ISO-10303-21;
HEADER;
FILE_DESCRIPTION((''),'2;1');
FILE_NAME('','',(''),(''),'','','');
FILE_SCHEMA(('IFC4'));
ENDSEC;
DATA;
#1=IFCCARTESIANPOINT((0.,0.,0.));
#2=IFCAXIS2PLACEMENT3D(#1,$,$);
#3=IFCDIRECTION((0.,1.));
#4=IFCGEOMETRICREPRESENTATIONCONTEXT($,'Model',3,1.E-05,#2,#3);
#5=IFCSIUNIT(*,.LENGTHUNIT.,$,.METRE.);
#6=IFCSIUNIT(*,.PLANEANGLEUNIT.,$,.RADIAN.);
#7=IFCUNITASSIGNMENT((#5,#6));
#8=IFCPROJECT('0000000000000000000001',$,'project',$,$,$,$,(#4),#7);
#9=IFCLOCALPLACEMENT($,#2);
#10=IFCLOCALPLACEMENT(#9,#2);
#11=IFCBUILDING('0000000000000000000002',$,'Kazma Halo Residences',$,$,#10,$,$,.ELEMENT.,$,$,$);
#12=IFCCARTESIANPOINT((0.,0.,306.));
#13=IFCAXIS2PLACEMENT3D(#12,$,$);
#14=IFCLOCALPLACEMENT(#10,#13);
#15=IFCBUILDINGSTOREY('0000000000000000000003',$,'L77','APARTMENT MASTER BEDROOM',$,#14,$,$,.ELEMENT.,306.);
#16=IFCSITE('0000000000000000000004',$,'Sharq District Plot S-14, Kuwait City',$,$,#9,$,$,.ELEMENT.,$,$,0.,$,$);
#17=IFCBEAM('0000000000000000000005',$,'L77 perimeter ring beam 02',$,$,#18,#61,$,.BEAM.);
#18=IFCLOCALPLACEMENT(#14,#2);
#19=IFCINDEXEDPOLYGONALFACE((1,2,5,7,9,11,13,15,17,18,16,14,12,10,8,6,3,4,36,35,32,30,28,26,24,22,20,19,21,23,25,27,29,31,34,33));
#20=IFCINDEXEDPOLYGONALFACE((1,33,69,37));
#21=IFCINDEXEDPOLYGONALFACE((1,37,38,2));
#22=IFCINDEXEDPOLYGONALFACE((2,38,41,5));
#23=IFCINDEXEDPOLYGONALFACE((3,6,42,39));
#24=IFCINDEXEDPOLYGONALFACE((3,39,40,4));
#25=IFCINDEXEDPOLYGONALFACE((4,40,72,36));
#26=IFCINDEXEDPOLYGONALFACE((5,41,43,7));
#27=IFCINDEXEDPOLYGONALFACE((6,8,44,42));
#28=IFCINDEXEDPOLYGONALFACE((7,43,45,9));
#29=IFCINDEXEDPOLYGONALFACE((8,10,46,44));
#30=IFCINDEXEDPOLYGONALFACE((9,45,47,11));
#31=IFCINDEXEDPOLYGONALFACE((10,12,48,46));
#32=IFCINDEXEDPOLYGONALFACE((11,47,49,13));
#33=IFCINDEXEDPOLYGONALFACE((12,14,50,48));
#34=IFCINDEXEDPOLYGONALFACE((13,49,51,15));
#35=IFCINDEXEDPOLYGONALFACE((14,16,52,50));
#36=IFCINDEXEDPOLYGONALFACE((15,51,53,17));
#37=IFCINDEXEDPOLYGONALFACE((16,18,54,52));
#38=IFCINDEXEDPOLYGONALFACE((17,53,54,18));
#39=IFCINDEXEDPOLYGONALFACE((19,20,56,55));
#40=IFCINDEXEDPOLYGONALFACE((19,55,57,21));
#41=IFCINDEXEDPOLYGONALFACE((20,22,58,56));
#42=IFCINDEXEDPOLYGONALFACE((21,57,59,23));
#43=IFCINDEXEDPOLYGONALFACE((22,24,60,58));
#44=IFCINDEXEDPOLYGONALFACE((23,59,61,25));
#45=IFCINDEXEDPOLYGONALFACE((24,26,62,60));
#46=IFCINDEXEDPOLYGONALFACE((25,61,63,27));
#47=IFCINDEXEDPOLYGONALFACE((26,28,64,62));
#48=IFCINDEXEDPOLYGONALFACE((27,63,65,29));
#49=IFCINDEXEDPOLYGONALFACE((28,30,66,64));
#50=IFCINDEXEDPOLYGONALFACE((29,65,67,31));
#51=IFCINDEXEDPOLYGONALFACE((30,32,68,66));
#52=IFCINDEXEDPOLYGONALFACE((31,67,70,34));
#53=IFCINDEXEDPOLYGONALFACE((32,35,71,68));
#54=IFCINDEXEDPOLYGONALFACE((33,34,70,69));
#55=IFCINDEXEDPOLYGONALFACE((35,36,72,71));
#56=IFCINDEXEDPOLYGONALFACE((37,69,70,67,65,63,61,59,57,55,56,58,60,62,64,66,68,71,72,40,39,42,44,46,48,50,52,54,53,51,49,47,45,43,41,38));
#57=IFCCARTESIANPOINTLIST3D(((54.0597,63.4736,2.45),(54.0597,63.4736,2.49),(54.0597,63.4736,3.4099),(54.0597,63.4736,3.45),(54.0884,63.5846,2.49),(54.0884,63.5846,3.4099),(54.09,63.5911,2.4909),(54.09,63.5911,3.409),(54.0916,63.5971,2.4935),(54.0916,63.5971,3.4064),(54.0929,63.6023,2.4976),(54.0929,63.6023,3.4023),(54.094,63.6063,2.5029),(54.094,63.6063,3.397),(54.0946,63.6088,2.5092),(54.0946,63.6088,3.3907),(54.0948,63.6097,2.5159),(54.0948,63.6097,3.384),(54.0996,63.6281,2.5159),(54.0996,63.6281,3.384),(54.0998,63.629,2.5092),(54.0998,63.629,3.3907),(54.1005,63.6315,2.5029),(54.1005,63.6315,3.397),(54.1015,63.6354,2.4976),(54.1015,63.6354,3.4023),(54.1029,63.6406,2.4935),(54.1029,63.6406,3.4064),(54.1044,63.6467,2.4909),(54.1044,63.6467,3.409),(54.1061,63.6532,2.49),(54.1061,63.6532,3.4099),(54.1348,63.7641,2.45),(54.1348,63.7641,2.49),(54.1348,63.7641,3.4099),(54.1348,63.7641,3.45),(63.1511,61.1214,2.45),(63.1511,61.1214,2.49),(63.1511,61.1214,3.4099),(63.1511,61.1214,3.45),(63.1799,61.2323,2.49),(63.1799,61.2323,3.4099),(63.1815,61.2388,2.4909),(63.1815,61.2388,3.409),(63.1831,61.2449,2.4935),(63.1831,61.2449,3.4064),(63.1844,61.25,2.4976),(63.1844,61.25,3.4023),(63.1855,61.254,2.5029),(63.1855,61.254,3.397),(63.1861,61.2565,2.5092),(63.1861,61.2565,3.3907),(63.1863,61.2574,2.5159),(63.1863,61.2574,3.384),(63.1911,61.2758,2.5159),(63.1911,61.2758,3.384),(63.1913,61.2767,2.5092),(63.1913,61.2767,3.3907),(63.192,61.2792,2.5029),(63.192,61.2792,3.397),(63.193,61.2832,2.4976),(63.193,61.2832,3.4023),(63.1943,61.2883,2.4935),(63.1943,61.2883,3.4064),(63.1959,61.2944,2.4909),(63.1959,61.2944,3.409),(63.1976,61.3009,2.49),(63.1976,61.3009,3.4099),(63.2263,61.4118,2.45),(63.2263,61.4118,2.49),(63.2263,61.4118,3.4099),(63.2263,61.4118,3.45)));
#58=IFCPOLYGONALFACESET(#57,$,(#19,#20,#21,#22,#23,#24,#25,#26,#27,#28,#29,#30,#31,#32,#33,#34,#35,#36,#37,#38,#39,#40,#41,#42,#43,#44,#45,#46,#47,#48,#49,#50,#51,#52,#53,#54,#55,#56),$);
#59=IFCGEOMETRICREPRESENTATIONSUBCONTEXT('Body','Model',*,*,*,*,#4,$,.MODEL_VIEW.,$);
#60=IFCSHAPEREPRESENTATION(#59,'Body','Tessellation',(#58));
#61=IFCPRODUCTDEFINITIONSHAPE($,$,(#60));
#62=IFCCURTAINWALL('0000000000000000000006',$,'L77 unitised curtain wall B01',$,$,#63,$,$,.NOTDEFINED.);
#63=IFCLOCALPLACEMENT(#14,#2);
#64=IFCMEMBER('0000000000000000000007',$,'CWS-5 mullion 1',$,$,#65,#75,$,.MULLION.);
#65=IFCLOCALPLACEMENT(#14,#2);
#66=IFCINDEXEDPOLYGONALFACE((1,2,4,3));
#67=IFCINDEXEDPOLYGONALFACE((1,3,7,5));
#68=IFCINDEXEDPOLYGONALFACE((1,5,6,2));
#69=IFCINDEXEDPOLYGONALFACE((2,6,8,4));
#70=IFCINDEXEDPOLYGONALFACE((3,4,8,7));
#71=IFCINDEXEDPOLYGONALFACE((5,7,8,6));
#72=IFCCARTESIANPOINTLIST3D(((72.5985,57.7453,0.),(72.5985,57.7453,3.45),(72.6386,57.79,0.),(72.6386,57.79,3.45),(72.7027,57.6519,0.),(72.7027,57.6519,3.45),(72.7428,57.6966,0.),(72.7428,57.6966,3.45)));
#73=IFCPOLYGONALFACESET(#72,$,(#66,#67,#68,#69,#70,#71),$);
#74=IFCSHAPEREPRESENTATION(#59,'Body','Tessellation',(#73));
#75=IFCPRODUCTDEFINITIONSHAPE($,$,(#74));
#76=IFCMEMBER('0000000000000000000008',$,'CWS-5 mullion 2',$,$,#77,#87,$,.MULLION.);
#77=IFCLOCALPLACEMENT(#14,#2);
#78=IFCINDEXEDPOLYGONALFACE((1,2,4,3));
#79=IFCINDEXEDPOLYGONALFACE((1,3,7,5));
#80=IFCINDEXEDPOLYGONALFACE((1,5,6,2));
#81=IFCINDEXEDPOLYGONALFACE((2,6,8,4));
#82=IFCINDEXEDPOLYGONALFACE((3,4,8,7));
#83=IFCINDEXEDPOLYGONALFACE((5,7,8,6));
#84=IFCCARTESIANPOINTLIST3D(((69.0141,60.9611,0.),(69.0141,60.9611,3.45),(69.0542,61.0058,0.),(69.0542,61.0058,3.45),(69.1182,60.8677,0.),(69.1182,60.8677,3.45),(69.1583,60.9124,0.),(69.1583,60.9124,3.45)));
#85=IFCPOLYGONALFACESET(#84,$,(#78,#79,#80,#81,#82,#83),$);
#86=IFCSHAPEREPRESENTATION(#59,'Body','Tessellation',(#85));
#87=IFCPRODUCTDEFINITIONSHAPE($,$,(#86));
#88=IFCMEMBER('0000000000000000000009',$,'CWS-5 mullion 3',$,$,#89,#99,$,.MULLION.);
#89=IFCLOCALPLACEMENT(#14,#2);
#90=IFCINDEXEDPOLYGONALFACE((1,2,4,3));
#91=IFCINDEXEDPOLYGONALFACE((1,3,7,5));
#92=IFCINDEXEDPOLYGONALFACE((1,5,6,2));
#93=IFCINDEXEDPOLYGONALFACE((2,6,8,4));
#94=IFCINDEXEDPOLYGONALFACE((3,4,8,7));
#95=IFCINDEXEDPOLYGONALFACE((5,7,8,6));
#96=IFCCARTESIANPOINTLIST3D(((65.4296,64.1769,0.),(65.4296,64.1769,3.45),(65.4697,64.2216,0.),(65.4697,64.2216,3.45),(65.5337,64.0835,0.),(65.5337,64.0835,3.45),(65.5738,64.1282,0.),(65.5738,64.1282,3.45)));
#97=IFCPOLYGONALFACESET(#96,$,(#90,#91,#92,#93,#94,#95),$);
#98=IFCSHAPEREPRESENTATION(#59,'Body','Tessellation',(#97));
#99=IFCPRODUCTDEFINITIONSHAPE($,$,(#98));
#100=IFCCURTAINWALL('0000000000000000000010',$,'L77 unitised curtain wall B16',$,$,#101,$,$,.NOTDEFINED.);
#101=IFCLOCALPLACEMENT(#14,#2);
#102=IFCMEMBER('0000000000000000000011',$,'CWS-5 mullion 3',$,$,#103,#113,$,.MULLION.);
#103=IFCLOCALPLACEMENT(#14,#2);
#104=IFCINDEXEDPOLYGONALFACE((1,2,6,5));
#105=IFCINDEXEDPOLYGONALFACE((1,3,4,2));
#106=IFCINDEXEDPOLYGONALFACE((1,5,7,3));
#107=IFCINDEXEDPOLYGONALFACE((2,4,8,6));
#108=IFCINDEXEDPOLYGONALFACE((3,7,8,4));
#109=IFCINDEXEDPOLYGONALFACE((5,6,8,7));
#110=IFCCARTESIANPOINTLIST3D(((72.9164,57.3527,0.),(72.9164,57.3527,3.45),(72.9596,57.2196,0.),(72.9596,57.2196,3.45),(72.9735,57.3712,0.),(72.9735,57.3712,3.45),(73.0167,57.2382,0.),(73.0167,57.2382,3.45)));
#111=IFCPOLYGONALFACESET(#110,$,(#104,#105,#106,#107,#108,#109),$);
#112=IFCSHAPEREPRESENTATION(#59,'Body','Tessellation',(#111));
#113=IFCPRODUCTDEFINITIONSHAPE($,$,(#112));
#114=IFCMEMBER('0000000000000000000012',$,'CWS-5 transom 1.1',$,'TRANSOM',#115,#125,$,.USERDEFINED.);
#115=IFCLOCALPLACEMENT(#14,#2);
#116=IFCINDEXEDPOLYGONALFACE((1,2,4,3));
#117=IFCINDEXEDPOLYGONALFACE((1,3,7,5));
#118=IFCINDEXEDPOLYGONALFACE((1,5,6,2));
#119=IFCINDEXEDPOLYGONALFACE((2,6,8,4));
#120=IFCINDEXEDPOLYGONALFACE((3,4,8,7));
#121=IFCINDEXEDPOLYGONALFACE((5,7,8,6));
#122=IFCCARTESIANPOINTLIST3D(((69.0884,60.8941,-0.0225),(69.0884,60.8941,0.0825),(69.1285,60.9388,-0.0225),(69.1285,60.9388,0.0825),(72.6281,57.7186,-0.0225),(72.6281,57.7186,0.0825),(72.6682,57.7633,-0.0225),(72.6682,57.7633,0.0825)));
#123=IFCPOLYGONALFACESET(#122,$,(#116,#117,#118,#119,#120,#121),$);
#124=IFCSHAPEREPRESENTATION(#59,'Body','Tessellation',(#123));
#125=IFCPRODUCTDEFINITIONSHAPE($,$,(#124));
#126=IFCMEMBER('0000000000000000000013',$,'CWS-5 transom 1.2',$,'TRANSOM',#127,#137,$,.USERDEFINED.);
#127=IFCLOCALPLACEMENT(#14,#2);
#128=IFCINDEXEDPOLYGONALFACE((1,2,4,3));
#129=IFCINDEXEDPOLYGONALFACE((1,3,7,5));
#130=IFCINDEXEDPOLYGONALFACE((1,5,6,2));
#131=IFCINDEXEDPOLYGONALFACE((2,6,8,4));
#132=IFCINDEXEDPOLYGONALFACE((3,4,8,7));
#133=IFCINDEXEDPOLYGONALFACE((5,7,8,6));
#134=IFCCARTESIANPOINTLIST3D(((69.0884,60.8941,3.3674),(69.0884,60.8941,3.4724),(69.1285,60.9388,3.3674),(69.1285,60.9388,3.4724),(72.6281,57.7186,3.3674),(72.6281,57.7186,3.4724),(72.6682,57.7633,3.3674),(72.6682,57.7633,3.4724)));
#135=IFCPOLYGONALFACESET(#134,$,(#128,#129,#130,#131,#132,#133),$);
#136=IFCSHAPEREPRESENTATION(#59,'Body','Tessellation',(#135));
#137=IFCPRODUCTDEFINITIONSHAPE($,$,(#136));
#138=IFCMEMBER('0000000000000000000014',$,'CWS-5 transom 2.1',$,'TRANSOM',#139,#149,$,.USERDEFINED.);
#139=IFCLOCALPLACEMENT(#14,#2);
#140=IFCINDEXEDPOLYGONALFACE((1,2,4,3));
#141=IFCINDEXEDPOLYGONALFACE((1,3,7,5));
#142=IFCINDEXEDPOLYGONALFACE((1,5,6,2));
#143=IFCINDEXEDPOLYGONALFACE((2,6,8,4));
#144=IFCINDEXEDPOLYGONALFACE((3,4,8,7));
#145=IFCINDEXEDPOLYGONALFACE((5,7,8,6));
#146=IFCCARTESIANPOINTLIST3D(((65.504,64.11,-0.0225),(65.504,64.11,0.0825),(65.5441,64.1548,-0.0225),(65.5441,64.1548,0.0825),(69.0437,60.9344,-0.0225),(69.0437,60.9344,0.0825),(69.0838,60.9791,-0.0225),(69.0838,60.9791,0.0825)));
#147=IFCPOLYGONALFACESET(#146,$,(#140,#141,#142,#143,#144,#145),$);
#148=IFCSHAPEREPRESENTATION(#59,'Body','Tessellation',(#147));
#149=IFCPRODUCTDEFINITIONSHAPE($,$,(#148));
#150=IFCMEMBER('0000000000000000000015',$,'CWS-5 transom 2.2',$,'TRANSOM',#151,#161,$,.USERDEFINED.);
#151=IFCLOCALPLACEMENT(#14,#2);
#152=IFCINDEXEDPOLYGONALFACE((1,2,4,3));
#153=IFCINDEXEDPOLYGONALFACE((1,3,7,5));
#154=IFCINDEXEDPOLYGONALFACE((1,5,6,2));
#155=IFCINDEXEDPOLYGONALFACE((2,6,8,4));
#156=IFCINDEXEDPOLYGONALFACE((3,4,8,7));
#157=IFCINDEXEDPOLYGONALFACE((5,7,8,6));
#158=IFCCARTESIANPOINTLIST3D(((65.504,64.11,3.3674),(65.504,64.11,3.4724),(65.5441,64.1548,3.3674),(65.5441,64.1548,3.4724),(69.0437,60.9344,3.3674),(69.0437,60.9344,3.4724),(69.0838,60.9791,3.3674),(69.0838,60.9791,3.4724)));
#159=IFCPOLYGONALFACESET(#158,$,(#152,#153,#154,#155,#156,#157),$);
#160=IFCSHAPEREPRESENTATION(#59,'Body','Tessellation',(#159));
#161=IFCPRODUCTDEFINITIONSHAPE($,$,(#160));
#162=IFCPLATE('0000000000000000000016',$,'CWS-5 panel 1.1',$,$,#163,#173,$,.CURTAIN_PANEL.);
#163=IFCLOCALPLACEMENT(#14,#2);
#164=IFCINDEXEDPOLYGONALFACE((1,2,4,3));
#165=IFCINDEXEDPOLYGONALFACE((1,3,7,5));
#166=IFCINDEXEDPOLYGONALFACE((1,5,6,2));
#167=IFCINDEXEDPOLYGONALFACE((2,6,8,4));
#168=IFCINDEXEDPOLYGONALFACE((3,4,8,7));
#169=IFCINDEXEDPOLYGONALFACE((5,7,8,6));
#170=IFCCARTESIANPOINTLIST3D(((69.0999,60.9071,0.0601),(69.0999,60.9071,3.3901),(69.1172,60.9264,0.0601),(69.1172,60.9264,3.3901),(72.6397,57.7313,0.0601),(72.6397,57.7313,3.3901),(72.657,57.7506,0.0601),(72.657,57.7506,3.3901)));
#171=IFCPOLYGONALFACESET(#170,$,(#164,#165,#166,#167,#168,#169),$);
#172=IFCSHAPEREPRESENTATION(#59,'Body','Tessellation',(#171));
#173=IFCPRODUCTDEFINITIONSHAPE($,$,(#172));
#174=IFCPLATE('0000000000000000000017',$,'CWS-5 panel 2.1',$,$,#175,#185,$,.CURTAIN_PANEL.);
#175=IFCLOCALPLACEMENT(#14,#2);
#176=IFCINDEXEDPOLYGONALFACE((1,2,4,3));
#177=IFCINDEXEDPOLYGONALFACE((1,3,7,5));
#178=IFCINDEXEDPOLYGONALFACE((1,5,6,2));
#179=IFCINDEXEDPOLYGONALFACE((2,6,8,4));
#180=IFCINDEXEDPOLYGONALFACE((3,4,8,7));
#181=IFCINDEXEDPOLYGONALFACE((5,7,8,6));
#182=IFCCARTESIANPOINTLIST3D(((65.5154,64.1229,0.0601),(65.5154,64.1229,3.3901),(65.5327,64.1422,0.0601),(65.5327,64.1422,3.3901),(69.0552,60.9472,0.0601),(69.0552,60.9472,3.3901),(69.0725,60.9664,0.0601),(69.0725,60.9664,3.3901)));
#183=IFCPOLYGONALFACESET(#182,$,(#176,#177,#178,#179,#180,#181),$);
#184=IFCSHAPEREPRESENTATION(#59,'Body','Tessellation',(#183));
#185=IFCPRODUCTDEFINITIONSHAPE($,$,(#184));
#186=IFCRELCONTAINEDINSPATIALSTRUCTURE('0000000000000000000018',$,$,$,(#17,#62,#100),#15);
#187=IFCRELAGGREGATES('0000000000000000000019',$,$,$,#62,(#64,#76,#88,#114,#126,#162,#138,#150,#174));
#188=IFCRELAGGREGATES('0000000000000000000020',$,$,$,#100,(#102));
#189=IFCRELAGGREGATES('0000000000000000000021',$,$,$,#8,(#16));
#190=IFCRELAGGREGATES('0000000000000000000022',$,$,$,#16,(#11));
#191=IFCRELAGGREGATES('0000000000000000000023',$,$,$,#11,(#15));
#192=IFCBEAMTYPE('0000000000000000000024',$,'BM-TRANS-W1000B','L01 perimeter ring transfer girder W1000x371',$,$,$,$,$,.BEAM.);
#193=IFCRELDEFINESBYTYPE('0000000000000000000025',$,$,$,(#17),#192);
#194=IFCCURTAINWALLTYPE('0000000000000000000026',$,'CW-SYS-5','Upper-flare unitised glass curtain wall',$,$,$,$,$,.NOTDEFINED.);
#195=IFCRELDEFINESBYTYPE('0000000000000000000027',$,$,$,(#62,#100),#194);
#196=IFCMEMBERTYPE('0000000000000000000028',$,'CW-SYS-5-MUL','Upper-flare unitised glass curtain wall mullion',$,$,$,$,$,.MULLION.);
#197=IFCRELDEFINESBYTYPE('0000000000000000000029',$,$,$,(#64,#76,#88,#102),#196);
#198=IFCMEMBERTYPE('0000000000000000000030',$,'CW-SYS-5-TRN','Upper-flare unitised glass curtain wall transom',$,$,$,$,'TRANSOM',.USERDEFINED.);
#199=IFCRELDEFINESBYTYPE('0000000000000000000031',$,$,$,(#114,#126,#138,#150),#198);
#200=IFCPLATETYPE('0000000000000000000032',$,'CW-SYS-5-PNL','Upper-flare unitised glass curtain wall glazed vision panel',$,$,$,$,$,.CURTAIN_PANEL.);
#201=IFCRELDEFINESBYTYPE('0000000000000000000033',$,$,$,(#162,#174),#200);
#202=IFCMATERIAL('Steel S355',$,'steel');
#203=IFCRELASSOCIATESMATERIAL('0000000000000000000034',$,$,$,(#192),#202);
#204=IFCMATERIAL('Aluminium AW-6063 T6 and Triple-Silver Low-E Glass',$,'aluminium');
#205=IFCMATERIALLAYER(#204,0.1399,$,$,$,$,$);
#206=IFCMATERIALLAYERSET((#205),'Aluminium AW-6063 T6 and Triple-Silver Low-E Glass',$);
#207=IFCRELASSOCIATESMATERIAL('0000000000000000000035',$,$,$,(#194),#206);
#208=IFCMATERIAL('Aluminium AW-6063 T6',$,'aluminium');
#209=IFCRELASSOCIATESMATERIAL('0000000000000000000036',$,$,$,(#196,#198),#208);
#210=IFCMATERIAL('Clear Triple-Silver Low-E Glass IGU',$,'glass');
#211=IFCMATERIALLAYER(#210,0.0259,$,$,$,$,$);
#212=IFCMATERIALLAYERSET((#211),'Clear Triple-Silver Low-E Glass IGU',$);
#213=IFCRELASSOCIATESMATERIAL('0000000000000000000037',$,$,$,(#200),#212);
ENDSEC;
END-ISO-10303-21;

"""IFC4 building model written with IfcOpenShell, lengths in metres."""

from ifc_helpers import new_model, si_unit, direction, frame, origin, origin_2d, place, context, subcontext, project, spatial, rectangle, i_section, extrude, material, layer, layer_set, material_profile, profile_set, type_object, element, aggregate, save


model = new_model("IFC4")

# Units and contexts
model_context = context("Model", 3, precision=1e-05, world=origin(), true_north=direction((0.0, 1.0)))
body_context = subcontext(model_context, "Body", "Model", "MODEL_VIEW")
ifc_project = project(units=[si_unit("LENGTHUNIT", "METRE"), si_unit("PLANEANGLEUNIT", "RADIAN")], contexts=[model_context])

# Site, building, storey
site_placement = place(None, origin())
site = spatial("IfcSite", under=ifc_project, at=site_placement, Name="Sharq District Plot S-14, Kuwait City", CompositionType="ELEMENT", RefElevation=0.0)
building_placement = place(site_placement, origin())
building = spatial("IfcBuilding", under=site, at=building_placement, Name="Kazma Halo Residences", CompositionType="ELEMENT")
storey_placement = place(building_placement, frame((0.0, 0.0, 306.0)))
storey = spatial("IfcBuildingStorey", under=building, at=storey_placement, Name="L77", Description="APARTMENT MASTER BEDROOM", CompositionType="ELEMENT", Elevation=306.0)

# Beam
ifc_material_1 = material(Name="Steel S355", Category="steel")
ifc_material_profile_1 = material_profile(ifc_material_1, i_section(OverallWidth=0.3, OverallDepth=1.0, WebThickness=0.019, FlangeThickness=0.04, FilletRadius=0.0259, at=origin_2d()), Name="W1000x371")
ifc_profile_set_1 = profile_set([ifc_material_profile_1], Name="Steel S355")
beam_type_1 = type_object("IfcBeamType", Name="BM-TRANS-W1000B", Description="L01 perimeter ring transfer girder W1000x371", PredefinedType="BEAM", material=ifc_profile_set_1)
beam_1_placement = place(storey_placement, frame((63.1887, 61.2666, 2.95), z_axis=(-0.96812, 0.250486, 0.0), x_axis=(-0.250486, -0.96812, 0.0)))
element("IfcBeam", 1, at=beam_1_placement, inside=storey, type_object=beam_type_1, Name="L77 perimeter ring beam 02", PredefinedType="BEAM", context=body_context, shape_type="SweptSolid", body=[
    extrude(i_section(OverallWidth=0.3, OverallDepth=1.0, WebThickness=0.019, FlangeThickness=0.04, FilletRadius=0.0259, at=origin_2d()), origin(), (0.0, 0.0, 1.0), 9.3909),
])

# Curtain wall, members
ifc_material_2 = material(Name="Aluminium AW-6063 T6 and Triple-Silver Low-E Glass", Category="aluminium")
ifc_layer_1 = layer(ifc_material_2, 0.1399)
ifc_layer_set_1 = layer_set([ifc_layer_1], Name="Aluminium AW-6063 T6 and Triple-Silver Low-E Glass")
curtain_wall_type = type_object("IfcCurtainWallType", Name="CW-SYS-5", Description="Upper-flare unitised glass curtain wall", PredefinedType="NOTDEFINED", material=ifc_layer_set_1)
curtain_wall_1_placement = place(storey_placement, origin())
curtain_wall_1 = element("IfcCurtainWall", 2, at=curtain_wall_1_placement, inside=storey, type_object=curtain_wall_type, Name="L77 unitised curtain wall B01", PredefinedType="NOTDEFINED")
ifc_material_3 = material(Name="Aluminium AW-6063 T6", Category="aluminium")
ifc_material_profile_2 = material_profile(ifc_material_3, rectangle(XDim=0.0601, YDim=0.1399, at=origin_2d()), Name="CWM-60x140")
ifc_profile_set_2 = profile_set([ifc_material_profile_2], Name="Aluminium AW-6063 T6")
member_type_1 = type_object("IfcMemberType", Name="CW-SYS-5-MUL", Description="Upper-flare unitised glass curtain wall mullion", PredefinedType="MULLION", material=ifc_profile_set_2)
member_1_placement = place(storey_placement, frame((72.6707, 57.7209, 0.0), z_axis=(0.0, 0.0, 1.0), x_axis=(-0.667798, -0.744342, 0.0)))
member_1 = element("IfcMember", 3, at=member_1_placement, type_object=member_type_1, Name="CWS-5 mullion 1", PredefinedType="MULLION", context=body_context, shape_type="SweptSolid", body=[
    extrude(rectangle(XDim=0.0601, YDim=0.1399, at=origin_2d()), origin(), (0.0, 0.0, 1.0), 3.45),
])
member_2_placement = place(storey_placement, frame((69.0862, 60.9368, 0.0), z_axis=(0.0, 0.0, 1.0), x_axis=(-0.667798, -0.744342, 0.0)))
member_2 = element("IfcMember", 4, at=member_2_placement, type_object=member_type_1, Name="CWS-5 mullion 2", PredefinedType="MULLION", context=body_context, shape_type="SweptSolid", body=[
    extrude(rectangle(XDim=0.0601, YDim=0.1399, at=origin_2d()), origin(), (0.0, 0.0, 1.0), 3.45),
])
member_3_placement = place(storey_placement, frame((65.5017, 64.1526, 0.0), z_axis=(0.0, 0.0, 1.0), x_axis=(-0.667798, -0.744342, 0.0)))
member_3 = element("IfcMember", 5, at=member_3_placement, type_object=member_type_1, Name="CWS-5 mullion 3", PredefinedType="MULLION", context=body_context, shape_type="SweptSolid", body=[
    extrude(rectangle(XDim=0.0601, YDim=0.1399, at=origin_2d()), origin(), (0.0, 0.0, 1.0), 3.45),
])

# Curtain wall, member
curtain_wall_2_placement = place(storey_placement, origin())
curtain_wall_2 = element("IfcCurtainWall", 6, at=curtain_wall_2_placement, inside=storey, type_object=curtain_wall_type, Name="L77 unitised curtain wall B16", PredefinedType="NOTDEFINED")
member_4_placement = place(storey_placement, frame((72.9666, 57.2954, 0.0), z_axis=(0.0, 0.0, 1.0), x_axis=(-0.951057, -0.309016, 0.0)))
member_4 = element("IfcMember", 7, at=member_4_placement, type_object=member_type_1, Name="CWS-5 mullion 3", PredefinedType="MULLION", context=body_context, shape_type="SweptSolid", body=[
    extrude(rectangle(XDim=0.0601, YDim=0.1399, at=origin_2d()), origin(), (0.0, 0.0, 1.0), 3.45),
])

# Members
ifc_material_profile_3 = material_profile(ifc_material_3, rectangle(XDim=0.0601, YDim=0.105, at=origin_2d()), Name="CWT-60x105")
ifc_profile_set_3 = profile_set([ifc_material_profile_3], Name="Aluminium AW-6063 T6")
member_type_2 = type_object("IfcMemberType", Name="CW-SYS-5-TRN", Description="Upper-flare unitised glass curtain wall transom", ElementType="TRANSOM", PredefinedType="USERDEFINED", material=ifc_profile_set_3)
member_5_placement = place(storey_placement, frame((72.6482, 57.741, 0.03), z_axis=(-0.744368, 0.66777, 0.0), x_axis=(-0.66777, -0.744368, 0.0)))
member_5 = element("IfcMember", 8, at=member_5_placement, type_object=member_type_2, Name="CWS-5 transom 1.1", ObjectType="TRANSOM", PredefinedType="USERDEFINED", context=body_context, shape_type="SweptSolid", body=[
    extrude(rectangle(XDim=0.0601, YDim=0.105, at=origin_2d()), origin(), (0.0, 0.0, 1.0), 4.7554),
])
member_6_placement = place(storey_placement, frame((72.6482, 57.741, 3.4199), z_axis=(-0.744368, 0.66777, 0.0), x_axis=(-0.66777, -0.744368, 0.0)))
member_6 = element("IfcMember", 9, at=member_6_placement, type_object=member_type_2, Name="CWS-5 transom 1.2", ObjectType="TRANSOM", PredefinedType="USERDEFINED", context=body_context, shape_type="SweptSolid", body=[
    extrude(rectangle(XDim=0.0601, YDim=0.105, at=origin_2d()), origin(), (0.0, 0.0, 1.0), 4.7554),
])
member_7_placement = place(storey_placement, frame((69.0637, 60.9568, 0.03), z_axis=(-0.744345, 0.667795, 0.0), x_axis=(-0.667795, -0.744345, 0.0)))
member_7 = element("IfcMember", 10, at=member_7_placement, type_object=member_type_2, Name="CWS-5 transom 2.1", ObjectType="TRANSOM", PredefinedType="USERDEFINED", context=body_context, shape_type="SweptSolid", body=[
    extrude(rectangle(XDim=0.0601, YDim=0.105, at=origin_2d()), origin(), (0.0, 0.0, 1.0), 4.7554),
])
member_8_placement = place(storey_placement, frame((69.0637, 60.9568, 3.4199), z_axis=(-0.744345, 0.667795, 0.0), x_axis=(-0.667795, -0.744345, 0.0)))
member_8 = element("IfcMember", 11, at=member_8_placement, type_object=member_type_2, Name="CWS-5 transom 2.2", ObjectType="TRANSOM", PredefinedType="USERDEFINED", context=body_context, shape_type="SweptSolid", body=[
    extrude(rectangle(XDim=0.0601, YDim=0.105, at=origin_2d()), origin(), (0.0, 0.0, 1.0), 4.7554),
])

# Plates
ifc_material_4 = material(Name="Clear Triple-Silver Low-E Glass IGU", Category="glass")
ifc_layer_2 = layer(ifc_material_4, 0.0259)
ifc_layer_set_2 = layer_set([ifc_layer_2], Name="Clear Triple-Silver Low-E Glass IGU")
plate_type = type_object("IfcPlateType", Name="CW-SYS-5-PNL", Description="Upper-flare unitised glass curtain wall glazed vision panel", PredefinedType="CURTAIN_PANEL", material=ifc_layer_set_2)
plate_1_placement = place(storey_placement, frame((70.8784, 59.3289, 0.0601), z_axis=(0.0, 0.0, 1.0), x_axis=(-0.744342, 0.667798, 0.0)))
plate_1 = element("IfcPlate", 12, at=plate_1_placement, type_object=plate_type, Name="CWS-5 panel 1.1", PredefinedType="CURTAIN_PANEL", context=body_context, shape_type="SweptSolid", body=[
    extrude(rectangle(XDim=4.7556, YDim=0.0259, at=origin_2d()), origin(), (0.0, 0.0, 1.0), 3.3301),
])
plate_2_placement = place(storey_placement, frame((67.2939, 62.5447, 0.0601), z_axis=(0.0, 0.0, 1.0), x_axis=(-0.744342, 0.667798, 0.0)))
plate_2 = element("IfcPlate", 13, at=plate_2_placement, type_object=plate_type, Name="CWS-5 panel 2.1", PredefinedType="CURTAIN_PANEL", context=body_context, shape_type="SweptSolid", body=[
    extrude(rectangle(XDim=4.7556, YDim=0.0259, at=origin_2d()), origin(), (0.0, 0.0, 1.0), 3.3301),
])
aggregate(curtain_wall_1, [member_1, member_2, member_3, member_5, member_6, plate_1, member_7, member_8, plate_2])
aggregate(curtain_wall_2, [member_4])

save(model, "model.ifc")
